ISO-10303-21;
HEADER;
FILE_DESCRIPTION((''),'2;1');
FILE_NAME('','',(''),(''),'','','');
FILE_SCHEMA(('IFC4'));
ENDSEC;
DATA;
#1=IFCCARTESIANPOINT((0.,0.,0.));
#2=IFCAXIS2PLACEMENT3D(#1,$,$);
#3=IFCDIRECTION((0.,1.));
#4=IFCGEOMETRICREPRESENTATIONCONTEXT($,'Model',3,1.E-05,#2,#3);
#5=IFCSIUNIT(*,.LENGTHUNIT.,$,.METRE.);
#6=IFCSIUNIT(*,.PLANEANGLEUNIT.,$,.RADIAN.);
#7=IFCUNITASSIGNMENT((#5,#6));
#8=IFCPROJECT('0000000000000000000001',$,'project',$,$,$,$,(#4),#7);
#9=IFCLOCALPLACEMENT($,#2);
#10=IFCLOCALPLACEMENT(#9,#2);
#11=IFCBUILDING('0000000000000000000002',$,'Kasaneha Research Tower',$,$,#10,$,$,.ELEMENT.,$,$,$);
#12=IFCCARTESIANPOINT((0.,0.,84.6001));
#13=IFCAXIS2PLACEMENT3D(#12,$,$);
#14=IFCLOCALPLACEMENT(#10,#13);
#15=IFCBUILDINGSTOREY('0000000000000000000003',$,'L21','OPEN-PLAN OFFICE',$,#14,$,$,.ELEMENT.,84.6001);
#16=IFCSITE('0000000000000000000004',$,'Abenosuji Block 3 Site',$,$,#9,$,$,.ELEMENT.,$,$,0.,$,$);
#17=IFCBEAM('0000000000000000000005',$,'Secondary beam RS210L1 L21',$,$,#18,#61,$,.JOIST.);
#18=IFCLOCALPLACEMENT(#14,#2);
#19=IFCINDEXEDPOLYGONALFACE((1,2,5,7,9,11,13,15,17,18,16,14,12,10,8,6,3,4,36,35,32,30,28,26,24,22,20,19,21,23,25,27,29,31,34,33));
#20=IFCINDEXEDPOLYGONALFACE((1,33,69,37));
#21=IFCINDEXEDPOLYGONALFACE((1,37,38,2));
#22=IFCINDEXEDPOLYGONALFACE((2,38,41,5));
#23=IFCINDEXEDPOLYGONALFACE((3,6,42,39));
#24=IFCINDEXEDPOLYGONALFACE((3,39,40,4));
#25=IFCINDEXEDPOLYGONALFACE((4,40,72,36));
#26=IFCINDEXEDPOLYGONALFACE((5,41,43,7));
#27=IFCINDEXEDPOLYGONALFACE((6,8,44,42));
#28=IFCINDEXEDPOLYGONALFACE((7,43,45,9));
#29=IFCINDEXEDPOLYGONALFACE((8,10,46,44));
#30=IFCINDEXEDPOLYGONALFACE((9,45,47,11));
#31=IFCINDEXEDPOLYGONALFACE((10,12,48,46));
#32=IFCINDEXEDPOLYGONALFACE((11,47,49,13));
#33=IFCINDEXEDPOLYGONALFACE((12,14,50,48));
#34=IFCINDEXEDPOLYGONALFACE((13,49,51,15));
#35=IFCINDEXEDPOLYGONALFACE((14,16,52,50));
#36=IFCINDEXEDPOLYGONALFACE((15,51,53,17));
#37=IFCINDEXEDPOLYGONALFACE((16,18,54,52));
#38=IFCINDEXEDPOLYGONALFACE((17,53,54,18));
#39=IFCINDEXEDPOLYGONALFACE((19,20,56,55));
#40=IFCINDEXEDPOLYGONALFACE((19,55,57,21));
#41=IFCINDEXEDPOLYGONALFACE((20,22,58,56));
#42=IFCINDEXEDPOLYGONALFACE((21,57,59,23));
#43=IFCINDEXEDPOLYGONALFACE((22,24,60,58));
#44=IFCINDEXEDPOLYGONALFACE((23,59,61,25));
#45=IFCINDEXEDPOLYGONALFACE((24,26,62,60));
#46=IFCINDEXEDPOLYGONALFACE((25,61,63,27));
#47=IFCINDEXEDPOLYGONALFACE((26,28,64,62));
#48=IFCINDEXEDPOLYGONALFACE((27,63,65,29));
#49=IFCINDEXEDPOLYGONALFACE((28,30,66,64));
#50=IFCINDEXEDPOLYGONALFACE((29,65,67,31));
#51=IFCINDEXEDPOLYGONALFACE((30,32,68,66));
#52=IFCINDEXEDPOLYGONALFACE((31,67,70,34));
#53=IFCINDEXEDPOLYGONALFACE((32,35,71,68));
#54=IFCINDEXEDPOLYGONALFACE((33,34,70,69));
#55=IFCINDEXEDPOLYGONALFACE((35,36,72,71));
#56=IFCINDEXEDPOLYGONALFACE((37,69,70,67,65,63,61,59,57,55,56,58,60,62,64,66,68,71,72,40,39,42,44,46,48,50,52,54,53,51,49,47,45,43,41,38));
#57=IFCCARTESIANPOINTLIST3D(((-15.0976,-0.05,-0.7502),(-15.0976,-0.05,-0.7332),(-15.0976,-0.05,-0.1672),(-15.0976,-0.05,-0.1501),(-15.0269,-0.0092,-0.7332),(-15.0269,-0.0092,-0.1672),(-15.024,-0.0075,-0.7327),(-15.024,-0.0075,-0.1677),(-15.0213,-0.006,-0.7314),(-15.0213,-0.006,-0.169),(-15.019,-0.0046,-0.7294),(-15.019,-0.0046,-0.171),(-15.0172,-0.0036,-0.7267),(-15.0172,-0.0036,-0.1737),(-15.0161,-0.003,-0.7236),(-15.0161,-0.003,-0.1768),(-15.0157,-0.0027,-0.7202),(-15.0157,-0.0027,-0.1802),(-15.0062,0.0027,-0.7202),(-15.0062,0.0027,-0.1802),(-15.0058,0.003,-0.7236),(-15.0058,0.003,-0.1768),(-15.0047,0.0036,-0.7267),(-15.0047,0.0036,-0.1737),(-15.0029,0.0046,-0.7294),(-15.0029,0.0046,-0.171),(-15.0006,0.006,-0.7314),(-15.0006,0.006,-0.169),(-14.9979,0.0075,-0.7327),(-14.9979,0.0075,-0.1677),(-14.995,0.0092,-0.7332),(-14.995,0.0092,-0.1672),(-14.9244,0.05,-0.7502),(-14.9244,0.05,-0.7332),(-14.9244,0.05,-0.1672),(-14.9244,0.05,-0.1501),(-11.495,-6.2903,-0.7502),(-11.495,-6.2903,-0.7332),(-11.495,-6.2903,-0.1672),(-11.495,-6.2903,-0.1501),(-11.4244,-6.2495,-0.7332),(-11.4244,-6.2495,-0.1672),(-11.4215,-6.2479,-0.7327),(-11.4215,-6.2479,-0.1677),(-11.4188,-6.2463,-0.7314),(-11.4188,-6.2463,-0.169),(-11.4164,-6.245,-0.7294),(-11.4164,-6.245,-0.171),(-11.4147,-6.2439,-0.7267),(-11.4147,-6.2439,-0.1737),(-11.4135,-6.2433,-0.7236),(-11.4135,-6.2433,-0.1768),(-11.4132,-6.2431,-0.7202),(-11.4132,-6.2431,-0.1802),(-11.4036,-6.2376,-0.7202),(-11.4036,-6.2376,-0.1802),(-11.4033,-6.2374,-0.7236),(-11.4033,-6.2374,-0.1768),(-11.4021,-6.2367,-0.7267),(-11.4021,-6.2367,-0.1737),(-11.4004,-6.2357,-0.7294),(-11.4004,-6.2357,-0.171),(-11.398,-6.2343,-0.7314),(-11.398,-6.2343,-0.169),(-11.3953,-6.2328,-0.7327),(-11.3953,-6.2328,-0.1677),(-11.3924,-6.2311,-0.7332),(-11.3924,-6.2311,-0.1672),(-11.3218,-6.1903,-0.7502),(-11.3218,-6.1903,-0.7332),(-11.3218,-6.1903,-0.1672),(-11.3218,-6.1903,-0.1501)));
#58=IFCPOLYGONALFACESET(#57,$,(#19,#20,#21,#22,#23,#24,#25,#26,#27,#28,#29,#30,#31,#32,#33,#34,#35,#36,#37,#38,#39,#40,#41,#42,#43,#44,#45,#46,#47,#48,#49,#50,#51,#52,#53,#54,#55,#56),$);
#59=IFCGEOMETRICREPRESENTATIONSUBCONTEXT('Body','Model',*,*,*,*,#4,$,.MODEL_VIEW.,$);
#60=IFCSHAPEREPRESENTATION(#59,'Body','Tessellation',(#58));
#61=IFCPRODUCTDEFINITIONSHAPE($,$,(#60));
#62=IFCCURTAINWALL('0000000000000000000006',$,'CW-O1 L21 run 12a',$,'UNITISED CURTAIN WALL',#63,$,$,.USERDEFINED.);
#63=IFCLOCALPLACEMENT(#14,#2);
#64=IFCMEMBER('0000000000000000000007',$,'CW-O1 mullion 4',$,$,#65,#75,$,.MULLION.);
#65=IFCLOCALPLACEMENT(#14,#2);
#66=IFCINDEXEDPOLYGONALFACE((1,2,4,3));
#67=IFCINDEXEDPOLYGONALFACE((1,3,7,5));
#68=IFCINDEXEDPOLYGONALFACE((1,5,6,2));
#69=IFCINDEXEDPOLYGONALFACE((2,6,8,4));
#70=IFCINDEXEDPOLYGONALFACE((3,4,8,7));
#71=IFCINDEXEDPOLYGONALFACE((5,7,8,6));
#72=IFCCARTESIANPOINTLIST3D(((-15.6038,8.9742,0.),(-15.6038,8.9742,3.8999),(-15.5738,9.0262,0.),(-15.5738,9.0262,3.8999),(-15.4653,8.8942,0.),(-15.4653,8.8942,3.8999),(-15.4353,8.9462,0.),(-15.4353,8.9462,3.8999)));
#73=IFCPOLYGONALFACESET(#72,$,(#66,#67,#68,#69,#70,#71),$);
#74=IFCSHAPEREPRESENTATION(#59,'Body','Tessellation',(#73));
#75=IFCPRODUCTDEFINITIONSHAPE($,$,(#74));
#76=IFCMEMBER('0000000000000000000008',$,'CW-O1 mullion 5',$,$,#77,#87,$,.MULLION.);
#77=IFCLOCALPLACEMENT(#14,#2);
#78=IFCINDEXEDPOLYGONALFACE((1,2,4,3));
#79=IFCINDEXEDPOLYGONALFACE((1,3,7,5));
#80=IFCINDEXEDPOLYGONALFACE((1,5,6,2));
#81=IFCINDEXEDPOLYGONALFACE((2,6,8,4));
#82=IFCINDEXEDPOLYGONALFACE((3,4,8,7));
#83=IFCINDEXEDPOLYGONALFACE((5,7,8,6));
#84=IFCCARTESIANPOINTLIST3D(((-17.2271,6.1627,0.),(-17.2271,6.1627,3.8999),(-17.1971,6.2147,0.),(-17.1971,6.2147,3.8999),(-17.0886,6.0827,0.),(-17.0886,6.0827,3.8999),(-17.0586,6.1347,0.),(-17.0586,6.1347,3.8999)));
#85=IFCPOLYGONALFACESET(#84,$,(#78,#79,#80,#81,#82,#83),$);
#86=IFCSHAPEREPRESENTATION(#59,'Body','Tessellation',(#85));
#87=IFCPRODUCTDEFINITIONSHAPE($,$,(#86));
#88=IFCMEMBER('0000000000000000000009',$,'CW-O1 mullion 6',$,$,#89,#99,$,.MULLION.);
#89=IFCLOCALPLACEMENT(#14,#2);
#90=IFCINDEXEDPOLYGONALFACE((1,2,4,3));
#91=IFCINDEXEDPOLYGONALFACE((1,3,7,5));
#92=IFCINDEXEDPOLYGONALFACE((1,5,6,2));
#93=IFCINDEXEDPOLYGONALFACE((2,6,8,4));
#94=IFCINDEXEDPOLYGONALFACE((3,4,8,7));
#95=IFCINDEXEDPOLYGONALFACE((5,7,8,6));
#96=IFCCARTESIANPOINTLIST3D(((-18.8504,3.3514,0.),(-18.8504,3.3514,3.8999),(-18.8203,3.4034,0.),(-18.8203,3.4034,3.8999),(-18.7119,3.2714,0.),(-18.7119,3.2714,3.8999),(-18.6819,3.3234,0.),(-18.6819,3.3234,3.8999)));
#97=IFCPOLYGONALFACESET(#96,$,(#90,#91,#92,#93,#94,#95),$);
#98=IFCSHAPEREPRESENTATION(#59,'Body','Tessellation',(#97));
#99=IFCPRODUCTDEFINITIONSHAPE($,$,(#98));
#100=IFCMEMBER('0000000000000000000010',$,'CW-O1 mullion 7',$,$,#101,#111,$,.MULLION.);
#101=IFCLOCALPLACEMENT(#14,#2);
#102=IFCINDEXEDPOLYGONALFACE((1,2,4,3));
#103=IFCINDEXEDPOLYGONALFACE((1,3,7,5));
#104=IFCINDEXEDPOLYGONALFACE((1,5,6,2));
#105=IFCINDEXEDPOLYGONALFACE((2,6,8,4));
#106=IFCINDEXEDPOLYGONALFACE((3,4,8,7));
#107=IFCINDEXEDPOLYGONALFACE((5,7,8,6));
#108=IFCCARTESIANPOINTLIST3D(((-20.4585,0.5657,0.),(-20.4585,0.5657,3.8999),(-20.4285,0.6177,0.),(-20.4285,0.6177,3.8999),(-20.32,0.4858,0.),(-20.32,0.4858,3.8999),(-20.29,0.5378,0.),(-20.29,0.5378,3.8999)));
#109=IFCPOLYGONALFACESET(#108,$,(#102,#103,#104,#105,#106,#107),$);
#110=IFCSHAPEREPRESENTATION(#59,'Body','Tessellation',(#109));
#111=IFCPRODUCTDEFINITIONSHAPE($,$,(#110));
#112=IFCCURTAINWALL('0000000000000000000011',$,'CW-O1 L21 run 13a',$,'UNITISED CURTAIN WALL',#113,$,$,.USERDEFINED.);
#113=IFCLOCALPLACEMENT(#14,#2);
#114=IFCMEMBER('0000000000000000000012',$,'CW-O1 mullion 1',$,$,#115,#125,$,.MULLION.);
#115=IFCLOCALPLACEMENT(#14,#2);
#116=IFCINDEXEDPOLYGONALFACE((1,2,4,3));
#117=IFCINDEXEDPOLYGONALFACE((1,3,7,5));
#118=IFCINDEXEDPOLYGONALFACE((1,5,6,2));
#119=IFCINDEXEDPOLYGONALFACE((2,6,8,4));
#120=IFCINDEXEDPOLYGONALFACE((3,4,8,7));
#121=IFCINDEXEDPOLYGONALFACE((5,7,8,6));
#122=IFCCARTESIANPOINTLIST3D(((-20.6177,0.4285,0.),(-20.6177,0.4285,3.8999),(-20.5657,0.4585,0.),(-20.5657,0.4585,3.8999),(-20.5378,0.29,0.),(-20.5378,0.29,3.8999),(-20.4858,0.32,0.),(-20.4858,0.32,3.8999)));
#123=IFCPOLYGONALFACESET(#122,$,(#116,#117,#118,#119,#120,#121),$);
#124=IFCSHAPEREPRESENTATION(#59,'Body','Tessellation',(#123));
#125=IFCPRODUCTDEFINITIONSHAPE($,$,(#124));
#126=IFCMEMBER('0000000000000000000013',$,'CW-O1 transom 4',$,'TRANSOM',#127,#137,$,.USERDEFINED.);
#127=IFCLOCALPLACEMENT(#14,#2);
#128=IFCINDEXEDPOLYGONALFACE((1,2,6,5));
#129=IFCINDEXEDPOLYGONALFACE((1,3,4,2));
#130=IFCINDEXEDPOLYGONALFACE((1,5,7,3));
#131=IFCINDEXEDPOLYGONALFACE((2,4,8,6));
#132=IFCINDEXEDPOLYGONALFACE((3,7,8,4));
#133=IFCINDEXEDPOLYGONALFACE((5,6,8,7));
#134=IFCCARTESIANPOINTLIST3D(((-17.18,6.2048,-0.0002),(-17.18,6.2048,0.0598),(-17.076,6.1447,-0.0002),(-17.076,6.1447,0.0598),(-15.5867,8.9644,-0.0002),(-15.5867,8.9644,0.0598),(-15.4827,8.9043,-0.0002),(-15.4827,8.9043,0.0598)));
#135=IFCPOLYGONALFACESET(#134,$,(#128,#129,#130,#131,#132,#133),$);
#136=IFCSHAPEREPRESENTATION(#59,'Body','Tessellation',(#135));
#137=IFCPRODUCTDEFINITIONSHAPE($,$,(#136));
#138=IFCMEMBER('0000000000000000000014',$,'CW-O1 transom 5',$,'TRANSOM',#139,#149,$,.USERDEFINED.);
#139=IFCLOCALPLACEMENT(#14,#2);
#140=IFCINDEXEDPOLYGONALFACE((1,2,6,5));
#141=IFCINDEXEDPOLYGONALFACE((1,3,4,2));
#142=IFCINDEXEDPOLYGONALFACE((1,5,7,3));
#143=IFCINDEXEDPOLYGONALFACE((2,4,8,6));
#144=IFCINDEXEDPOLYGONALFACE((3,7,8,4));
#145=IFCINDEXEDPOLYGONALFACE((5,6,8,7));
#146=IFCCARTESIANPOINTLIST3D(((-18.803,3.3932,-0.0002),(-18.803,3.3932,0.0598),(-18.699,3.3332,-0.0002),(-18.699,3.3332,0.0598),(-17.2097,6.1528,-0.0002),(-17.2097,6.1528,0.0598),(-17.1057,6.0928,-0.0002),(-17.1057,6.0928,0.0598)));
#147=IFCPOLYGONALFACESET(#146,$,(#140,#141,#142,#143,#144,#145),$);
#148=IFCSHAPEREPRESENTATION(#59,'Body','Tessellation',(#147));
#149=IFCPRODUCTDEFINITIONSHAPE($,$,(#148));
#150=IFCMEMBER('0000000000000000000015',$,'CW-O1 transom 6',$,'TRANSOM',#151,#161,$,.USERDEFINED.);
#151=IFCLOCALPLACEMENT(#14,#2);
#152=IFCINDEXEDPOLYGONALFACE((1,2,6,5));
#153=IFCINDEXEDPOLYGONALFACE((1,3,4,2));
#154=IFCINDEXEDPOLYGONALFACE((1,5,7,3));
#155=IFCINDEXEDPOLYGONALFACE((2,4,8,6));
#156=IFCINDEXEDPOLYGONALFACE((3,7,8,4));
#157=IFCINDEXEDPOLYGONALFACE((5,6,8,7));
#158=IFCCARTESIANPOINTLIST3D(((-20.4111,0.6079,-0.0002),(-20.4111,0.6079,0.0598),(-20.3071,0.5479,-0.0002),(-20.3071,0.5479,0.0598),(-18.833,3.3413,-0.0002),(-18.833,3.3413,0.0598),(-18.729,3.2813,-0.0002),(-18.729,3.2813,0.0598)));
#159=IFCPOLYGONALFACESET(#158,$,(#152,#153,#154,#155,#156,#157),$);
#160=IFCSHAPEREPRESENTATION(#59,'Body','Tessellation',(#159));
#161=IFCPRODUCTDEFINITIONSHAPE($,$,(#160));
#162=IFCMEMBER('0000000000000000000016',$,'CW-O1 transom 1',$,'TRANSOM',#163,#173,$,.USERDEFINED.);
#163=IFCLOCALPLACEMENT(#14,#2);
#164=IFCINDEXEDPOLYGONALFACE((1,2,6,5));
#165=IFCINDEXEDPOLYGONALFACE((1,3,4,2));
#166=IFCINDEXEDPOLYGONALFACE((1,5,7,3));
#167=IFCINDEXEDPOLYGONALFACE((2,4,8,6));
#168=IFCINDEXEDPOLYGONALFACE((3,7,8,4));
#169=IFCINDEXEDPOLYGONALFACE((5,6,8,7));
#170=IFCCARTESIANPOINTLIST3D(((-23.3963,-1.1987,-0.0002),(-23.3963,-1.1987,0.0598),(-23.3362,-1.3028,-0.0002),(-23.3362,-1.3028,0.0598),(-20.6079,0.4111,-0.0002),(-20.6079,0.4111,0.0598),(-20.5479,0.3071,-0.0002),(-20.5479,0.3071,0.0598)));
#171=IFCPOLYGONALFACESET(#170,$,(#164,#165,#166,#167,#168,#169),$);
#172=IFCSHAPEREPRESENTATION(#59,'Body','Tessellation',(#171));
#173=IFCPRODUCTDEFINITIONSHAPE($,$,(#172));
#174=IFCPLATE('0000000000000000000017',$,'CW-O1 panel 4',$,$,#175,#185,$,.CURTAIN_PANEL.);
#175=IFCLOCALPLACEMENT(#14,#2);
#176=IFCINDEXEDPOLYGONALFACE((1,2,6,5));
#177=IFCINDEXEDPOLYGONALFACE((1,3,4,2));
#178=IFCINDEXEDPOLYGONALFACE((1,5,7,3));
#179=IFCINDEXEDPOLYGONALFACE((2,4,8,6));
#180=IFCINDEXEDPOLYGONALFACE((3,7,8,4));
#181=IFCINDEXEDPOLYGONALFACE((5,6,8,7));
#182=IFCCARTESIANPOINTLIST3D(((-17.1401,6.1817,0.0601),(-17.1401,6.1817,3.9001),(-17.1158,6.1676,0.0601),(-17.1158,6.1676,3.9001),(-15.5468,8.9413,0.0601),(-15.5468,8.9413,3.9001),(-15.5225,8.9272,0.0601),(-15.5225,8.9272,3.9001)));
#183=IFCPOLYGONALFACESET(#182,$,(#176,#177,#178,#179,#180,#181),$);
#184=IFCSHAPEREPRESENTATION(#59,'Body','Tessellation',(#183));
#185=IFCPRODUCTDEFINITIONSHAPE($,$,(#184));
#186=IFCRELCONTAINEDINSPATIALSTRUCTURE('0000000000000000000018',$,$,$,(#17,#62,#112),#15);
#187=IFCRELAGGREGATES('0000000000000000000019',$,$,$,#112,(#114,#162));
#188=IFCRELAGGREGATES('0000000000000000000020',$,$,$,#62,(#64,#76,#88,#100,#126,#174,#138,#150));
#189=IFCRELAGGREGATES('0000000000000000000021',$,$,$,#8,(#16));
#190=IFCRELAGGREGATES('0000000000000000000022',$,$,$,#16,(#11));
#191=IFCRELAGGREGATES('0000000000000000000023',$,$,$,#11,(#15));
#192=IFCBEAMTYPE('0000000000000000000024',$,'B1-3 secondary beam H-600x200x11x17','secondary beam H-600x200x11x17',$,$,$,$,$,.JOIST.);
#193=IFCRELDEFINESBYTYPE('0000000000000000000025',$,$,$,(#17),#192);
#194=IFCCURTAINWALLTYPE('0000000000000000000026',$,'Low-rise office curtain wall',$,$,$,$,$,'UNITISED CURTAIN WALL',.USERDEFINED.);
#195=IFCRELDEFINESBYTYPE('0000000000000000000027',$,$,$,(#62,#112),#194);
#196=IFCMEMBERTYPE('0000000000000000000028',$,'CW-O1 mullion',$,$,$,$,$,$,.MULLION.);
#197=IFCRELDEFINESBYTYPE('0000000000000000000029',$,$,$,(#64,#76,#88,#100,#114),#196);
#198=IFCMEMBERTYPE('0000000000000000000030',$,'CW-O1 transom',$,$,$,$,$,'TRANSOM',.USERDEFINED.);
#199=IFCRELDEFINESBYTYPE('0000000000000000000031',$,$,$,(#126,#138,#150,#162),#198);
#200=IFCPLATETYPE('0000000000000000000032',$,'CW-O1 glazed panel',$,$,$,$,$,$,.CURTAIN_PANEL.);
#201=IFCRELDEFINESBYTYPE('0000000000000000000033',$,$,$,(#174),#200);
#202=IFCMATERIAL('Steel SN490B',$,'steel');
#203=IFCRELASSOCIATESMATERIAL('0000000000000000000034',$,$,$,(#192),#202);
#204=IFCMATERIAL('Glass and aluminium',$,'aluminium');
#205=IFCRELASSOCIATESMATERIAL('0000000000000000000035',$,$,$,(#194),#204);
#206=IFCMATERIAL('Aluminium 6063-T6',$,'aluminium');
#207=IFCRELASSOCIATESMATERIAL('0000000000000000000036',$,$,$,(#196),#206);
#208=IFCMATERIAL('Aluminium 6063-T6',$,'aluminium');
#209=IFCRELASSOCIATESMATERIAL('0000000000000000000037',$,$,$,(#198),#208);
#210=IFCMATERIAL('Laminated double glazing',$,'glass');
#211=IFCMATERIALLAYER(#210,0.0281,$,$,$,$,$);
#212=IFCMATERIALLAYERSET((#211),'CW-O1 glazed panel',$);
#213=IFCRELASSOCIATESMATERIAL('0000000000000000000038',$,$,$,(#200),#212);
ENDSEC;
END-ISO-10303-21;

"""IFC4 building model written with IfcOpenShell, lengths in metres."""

from ifc_helpers import new_model, si_unit, direction, frame, origin, origin_2d, place, context, subcontext, project, spatial, rectangle, i_section, extrude, material, layer, layer_set, material_profile, profile_set, type_object, element, aggregate, save


model = new_model("IFC4")

# Units and contexts
model_context = context("Model", 3, precision=1e-05, world=origin(), true_north=direction((0.0, 1.0)))
body_context = subcontext(model_context, "Body", "Model", "MODEL_VIEW")
ifc_project = project(units=[si_unit("LENGTHUNIT", "METRE"), si_unit("PLANEANGLEUNIT", "RADIAN")], contexts=[model_context])

# Site, building, storey
site_placement = place(None, origin())
site = spatial("IfcSite", under=ifc_project, at=site_placement, Name="Abenosuji Block 3 Site", CompositionType="ELEMENT", RefElevation=0.0)
building_placement = place(site_placement, origin())
building = spatial("IfcBuilding", under=site, at=building_placement, Name="Kasaneha Research Tower", CompositionType="ELEMENT")
storey_placement = place(building_placement, frame((0.0, 0.0, 84.6001)))
storey = spatial("IfcBuildingStorey", under=building, at=storey_placement, Name="L21", Description="OPEN-PLAN OFFICE", CompositionType="ELEMENT", Elevation=84.6001)

# Beam
ifc_material_1 = material(Name="Steel SN490B", Category="steel")
ifc_material_profile_1 = material_profile(ifc_material_1, i_section(OverallWidth=0.2, OverallDepth=0.6001, WebThickness=0.011, FlangeThickness=0.0171, FilletRadius=0.0129, at=origin_2d()), Name="H-600x200x11x17")
ifc_profile_set_1 = profile_set([ifc_material_profile_1], Name="Steel SN490B")
beam_type = type_object("IfcBeamType", Name="B1-3 secondary beam H-600x200x11x17", Description="secondary beam H-600x200x11x17", PredefinedType="JOIST", material=ifc_profile_set_1)
beam_placement = place(storey_placement, frame((-15.011, 0.0, -0.4502), z_axis=(0.499973, -0.866041, 0.0), x_axis=(0.866041, 0.499973, 0.0)))
element("IfcBeam", 1, at=beam_placement, inside=storey, type_object=beam_type, Name="Secondary beam RS210L1 L21", PredefinedType="JOIST", context=body_context, shape_type="SweptSolid", body=[
    extrude(i_section(OverallWidth=0.2, OverallDepth=0.6001, WebThickness=0.011, FlangeThickness=0.0171, FilletRadius=0.0129, at=origin_2d()), origin(), (0.0, 0.0, 1.0), 7.2056),
])

# Curtain wall, members
ifc_material_2 = material(Name="Glass and aluminium", Category="aluminium")
curtain_wall_type = type_object("IfcCurtainWallType", Name="Low-rise office curtain wall", ElementType="UNITISED CURTAIN WALL", PredefinedType="USERDEFINED", material=ifc_material_2)
curtain_wall_1_placement = place(storey_placement, origin())
curtain_wall_1 = element("IfcCurtainWall", 2, at=curtain_wall_1_placement, inside=storey, type_object=curtain_wall_type, Name="CW-O1 L21 run 12a", ObjectType="UNITISED CURTAIN WALL", PredefinedType="USERDEFINED")
ifc_material_3 = material(Name="Aluminium 6063-T6", Category="aluminium")
ifc_material_profile_2 = material_profile(ifc_material_3, rectangle(XDim=0.0601, YDim=0.1599, at=origin_2d()), Name="CW-O1 mullion 60x160")
ifc_profile_set_2 = profile_set([ifc_material_profile_2], Name="Aluminium 6063-T6")
member_type_1 = type_object("IfcMemberType", Name="CW-O1 mullion", PredefinedType="MULLION", material=ifc_profile_set_2)
member_1_placement = place(storey_placement, frame((-15.5195, 8.9602, 0.0), z_axis=(0.0, 0.0, 1.0), x_axis=(-0.5, -0.866025, 0.0)))
member_1 = element("IfcMember", 3, at=member_1_placement, type_object=member_type_1, Name="CW-O1 mullion 4", PredefinedType="MULLION", context=body_context, shape_type="SweptSolid", body=[
    extrude(rectangle(XDim=0.0601, YDim=0.1599, at=origin_2d()), origin(), (0.0, 0.0, 1.0), 3.8999),
])
member_2_placement = place(storey_placement, frame((-17.1428, 6.1487, 0.0), z_axis=(0.0, 0.0, 1.0), x_axis=(-0.5, -0.866025, 0.0)))
member_2 = element("IfcMember", 4, at=member_2_placement, type_object=member_type_1, Name="CW-O1 mullion 5", PredefinedType="MULLION", context=body_context, shape_type="SweptSolid", body=[
    extrude(rectangle(XDim=0.0601, YDim=0.1599, at=origin_2d()), origin(), (0.0, 0.0, 1.0), 3.8999),
])
member_3_placement = place(storey_placement, frame((-18.7661, 3.3374, 0.0), z_axis=(0.0, 0.0, 1.0), x_axis=(-0.5, -0.866025, 0.0)))
member_3 = element("IfcMember", 5, at=member_3_placement, type_object=member_type_1, Name="CW-O1 mullion 6", PredefinedType="MULLION", context=body_context, shape_type="SweptSolid", body=[
    extrude(rectangle(XDim=0.0601, YDim=0.1599, at=origin_2d()), origin(), (0.0, 0.0, 1.0), 3.8999),
])
member_4_placement = place(storey_placement, frame((-20.3743, 0.5518, 0.0), z_axis=(0.0, 0.0, 1.0), x_axis=(-0.5, -0.866025, 0.0)))
member_4 = element("IfcMember", 6, at=member_4_placement, type_object=member_type_1, Name="CW-O1 mullion 7", PredefinedType="MULLION", context=body_context, shape_type="SweptSolid", body=[
    extrude(rectangle(XDim=0.0601, YDim=0.1599, at=origin_2d()), origin(), (0.0, 0.0, 1.0), 3.8999),
])

# Curtain wall, member
curtain_wall_2_placement = place(storey_placement, origin())
curtain_wall_2 = element("IfcCurtainWall", 7, at=curtain_wall_2_placement, inside=storey, type_object=curtain_wall_type, Name="CW-O1 L21 run 13a", ObjectType="UNITISED CURTAIN WALL", PredefinedType="USERDEFINED")
member_5_placement = place(storey_placement, frame((-20.5518, 0.3743, 0.0), z_axis=(0.0, 0.0, 1.0), x_axis=(-0.866025, -0.5, 0.0)))
member_5 = element("IfcMember", 8, at=member_5_placement, type_object=member_type_1, Name="CW-O1 mullion 1", PredefinedType="MULLION", context=body_context, shape_type="SweptSolid", body=[
    extrude(rectangle(XDim=0.0601, YDim=0.1599, at=origin_2d()), origin(), (0.0, 0.0, 1.0), 3.8999),
])

# Members
ifc_material_4 = material(Name="Aluminium 6063-T6", Category="aluminium")
ifc_material_profile_3 = material_profile(ifc_material_4, rectangle(XDim=0.1201, YDim=0.0601, at=origin_2d()), Name="CW-O1 transom 120x60")
ifc_profile_set_3 = profile_set([ifc_material_profile_3], Name="Aluminium 6063-T6")
member_type_2 = type_object("IfcMemberType", Name="CW-O1 transom", ElementType="TRANSOM", PredefinedType="USERDEFINED", material=ifc_profile_set_3)
member_6_placement = place(storey_placement, frame((-15.5347, 8.9343, 0.0298), z_axis=(-0.500012, -0.866018, 0.0), x_axis=(0.866018, -0.500012, 0.0)))
member_6 = element("IfcMember", 9, at=member_6_placement, type_object=member_type_2, Name="CW-O1 transom 4", ObjectType="TRANSOM", PredefinedType="USERDEFINED", context=body_context, shape_type="SweptSolid", body=[
    extrude(rectangle(XDim=0.1201, YDim=0.0601, at=origin_2d()), origin(), (0.0, 0.0, 1.0), 3.1865),
])
member_7_placement = place(storey_placement, frame((-17.1577, 6.1228, 0.0298), z_axis=(-0.500012, -0.866018, 0.0), x_axis=(0.866018, -0.500012, 0.0)))
member_7 = element("IfcMember", 10, at=member_7_placement, type_object=member_type_2, Name="CW-O1 transom 5", ObjectType="TRANSOM", PredefinedType="USERDEFINED", context=body_context, shape_type="SweptSolid", body=[
    extrude(rectangle(XDim=0.1201, YDim=0.0601, at=origin_2d()), origin(), (0.0, 0.0, 1.0), 3.1865),
])
member_8_placement = place(storey_placement, frame((-18.781, 3.3113, 0.0298), z_axis=(-0.499999, -0.866026, 0.0), x_axis=(0.866026, -0.499999, 0.0)))
member_8 = element("IfcMember", 11, at=member_8_placement, type_object=member_type_2, Name="CW-O1 transom 6", ObjectType="TRANSOM", PredefinedType="USERDEFINED", context=body_context, shape_type="SweptSolid", body=[
    extrude(rectangle(XDim=0.1201, YDim=0.0601, at=origin_2d()), origin(), (0.0, 0.0, 1.0), 3.1562),
])
member_9_placement = place(storey_placement, frame((-20.5779, 0.3591, 0.0298), z_axis=(-0.866023, -0.500005, 0.0), x_axis=(0.500005, -0.866023, 0.0)))
member_9 = element("IfcMember", 12, at=member_9_placement, type_object=member_type_2, Name="CW-O1 transom 1", ObjectType="TRANSOM", PredefinedType="USERDEFINED", context=body_context, shape_type="SweptSolid", body=[
    extrude(rectangle(XDim=0.1201, YDim=0.0601, at=origin_2d()), origin(), (0.0, 0.0, 1.0), 3.2197),
])
aggregate(curtain_wall_2, [member_5, member_9])

# Plate
ifc_material_5 = material(Name="Laminated double glazing", Category="glass")
ifc_layer_1 = layer(ifc_material_5, 0.0281)
ifc_layer_set_1 = layer_set([ifc_layer_1], Name="CW-O1 glazed panel")
plate_type = type_object("IfcPlateType", Name="CW-O1 glazed panel", PredefinedType="CURTAIN_PANEL", material=ifc_layer_set_1)
plate_1_placement = place(storey_placement, frame((-16.3313, 7.5544, 0.0601), z_axis=(0.0, 0.0, 1.0), x_axis=(-0.5, -0.866025, 0.0)))
plate_1 = element("IfcPlate", 13, at=plate_1_placement, type_object=plate_type, Name="CW-O1 panel 4", PredefinedType="CURTAIN_PANEL", context=body_context, shape_type="SweptSolid", body=[
    extrude(rectangle(XDim=3.1865, YDim=0.0281, at=origin_2d()), origin(), (0.0, 0.0, 1.0), 3.8401),
])
aggregate(curtain_wall_1, [member_1, member_2, member_3, member_4, member_6, plate_1, member_7, member_8])

save(model, "model.ifc")
